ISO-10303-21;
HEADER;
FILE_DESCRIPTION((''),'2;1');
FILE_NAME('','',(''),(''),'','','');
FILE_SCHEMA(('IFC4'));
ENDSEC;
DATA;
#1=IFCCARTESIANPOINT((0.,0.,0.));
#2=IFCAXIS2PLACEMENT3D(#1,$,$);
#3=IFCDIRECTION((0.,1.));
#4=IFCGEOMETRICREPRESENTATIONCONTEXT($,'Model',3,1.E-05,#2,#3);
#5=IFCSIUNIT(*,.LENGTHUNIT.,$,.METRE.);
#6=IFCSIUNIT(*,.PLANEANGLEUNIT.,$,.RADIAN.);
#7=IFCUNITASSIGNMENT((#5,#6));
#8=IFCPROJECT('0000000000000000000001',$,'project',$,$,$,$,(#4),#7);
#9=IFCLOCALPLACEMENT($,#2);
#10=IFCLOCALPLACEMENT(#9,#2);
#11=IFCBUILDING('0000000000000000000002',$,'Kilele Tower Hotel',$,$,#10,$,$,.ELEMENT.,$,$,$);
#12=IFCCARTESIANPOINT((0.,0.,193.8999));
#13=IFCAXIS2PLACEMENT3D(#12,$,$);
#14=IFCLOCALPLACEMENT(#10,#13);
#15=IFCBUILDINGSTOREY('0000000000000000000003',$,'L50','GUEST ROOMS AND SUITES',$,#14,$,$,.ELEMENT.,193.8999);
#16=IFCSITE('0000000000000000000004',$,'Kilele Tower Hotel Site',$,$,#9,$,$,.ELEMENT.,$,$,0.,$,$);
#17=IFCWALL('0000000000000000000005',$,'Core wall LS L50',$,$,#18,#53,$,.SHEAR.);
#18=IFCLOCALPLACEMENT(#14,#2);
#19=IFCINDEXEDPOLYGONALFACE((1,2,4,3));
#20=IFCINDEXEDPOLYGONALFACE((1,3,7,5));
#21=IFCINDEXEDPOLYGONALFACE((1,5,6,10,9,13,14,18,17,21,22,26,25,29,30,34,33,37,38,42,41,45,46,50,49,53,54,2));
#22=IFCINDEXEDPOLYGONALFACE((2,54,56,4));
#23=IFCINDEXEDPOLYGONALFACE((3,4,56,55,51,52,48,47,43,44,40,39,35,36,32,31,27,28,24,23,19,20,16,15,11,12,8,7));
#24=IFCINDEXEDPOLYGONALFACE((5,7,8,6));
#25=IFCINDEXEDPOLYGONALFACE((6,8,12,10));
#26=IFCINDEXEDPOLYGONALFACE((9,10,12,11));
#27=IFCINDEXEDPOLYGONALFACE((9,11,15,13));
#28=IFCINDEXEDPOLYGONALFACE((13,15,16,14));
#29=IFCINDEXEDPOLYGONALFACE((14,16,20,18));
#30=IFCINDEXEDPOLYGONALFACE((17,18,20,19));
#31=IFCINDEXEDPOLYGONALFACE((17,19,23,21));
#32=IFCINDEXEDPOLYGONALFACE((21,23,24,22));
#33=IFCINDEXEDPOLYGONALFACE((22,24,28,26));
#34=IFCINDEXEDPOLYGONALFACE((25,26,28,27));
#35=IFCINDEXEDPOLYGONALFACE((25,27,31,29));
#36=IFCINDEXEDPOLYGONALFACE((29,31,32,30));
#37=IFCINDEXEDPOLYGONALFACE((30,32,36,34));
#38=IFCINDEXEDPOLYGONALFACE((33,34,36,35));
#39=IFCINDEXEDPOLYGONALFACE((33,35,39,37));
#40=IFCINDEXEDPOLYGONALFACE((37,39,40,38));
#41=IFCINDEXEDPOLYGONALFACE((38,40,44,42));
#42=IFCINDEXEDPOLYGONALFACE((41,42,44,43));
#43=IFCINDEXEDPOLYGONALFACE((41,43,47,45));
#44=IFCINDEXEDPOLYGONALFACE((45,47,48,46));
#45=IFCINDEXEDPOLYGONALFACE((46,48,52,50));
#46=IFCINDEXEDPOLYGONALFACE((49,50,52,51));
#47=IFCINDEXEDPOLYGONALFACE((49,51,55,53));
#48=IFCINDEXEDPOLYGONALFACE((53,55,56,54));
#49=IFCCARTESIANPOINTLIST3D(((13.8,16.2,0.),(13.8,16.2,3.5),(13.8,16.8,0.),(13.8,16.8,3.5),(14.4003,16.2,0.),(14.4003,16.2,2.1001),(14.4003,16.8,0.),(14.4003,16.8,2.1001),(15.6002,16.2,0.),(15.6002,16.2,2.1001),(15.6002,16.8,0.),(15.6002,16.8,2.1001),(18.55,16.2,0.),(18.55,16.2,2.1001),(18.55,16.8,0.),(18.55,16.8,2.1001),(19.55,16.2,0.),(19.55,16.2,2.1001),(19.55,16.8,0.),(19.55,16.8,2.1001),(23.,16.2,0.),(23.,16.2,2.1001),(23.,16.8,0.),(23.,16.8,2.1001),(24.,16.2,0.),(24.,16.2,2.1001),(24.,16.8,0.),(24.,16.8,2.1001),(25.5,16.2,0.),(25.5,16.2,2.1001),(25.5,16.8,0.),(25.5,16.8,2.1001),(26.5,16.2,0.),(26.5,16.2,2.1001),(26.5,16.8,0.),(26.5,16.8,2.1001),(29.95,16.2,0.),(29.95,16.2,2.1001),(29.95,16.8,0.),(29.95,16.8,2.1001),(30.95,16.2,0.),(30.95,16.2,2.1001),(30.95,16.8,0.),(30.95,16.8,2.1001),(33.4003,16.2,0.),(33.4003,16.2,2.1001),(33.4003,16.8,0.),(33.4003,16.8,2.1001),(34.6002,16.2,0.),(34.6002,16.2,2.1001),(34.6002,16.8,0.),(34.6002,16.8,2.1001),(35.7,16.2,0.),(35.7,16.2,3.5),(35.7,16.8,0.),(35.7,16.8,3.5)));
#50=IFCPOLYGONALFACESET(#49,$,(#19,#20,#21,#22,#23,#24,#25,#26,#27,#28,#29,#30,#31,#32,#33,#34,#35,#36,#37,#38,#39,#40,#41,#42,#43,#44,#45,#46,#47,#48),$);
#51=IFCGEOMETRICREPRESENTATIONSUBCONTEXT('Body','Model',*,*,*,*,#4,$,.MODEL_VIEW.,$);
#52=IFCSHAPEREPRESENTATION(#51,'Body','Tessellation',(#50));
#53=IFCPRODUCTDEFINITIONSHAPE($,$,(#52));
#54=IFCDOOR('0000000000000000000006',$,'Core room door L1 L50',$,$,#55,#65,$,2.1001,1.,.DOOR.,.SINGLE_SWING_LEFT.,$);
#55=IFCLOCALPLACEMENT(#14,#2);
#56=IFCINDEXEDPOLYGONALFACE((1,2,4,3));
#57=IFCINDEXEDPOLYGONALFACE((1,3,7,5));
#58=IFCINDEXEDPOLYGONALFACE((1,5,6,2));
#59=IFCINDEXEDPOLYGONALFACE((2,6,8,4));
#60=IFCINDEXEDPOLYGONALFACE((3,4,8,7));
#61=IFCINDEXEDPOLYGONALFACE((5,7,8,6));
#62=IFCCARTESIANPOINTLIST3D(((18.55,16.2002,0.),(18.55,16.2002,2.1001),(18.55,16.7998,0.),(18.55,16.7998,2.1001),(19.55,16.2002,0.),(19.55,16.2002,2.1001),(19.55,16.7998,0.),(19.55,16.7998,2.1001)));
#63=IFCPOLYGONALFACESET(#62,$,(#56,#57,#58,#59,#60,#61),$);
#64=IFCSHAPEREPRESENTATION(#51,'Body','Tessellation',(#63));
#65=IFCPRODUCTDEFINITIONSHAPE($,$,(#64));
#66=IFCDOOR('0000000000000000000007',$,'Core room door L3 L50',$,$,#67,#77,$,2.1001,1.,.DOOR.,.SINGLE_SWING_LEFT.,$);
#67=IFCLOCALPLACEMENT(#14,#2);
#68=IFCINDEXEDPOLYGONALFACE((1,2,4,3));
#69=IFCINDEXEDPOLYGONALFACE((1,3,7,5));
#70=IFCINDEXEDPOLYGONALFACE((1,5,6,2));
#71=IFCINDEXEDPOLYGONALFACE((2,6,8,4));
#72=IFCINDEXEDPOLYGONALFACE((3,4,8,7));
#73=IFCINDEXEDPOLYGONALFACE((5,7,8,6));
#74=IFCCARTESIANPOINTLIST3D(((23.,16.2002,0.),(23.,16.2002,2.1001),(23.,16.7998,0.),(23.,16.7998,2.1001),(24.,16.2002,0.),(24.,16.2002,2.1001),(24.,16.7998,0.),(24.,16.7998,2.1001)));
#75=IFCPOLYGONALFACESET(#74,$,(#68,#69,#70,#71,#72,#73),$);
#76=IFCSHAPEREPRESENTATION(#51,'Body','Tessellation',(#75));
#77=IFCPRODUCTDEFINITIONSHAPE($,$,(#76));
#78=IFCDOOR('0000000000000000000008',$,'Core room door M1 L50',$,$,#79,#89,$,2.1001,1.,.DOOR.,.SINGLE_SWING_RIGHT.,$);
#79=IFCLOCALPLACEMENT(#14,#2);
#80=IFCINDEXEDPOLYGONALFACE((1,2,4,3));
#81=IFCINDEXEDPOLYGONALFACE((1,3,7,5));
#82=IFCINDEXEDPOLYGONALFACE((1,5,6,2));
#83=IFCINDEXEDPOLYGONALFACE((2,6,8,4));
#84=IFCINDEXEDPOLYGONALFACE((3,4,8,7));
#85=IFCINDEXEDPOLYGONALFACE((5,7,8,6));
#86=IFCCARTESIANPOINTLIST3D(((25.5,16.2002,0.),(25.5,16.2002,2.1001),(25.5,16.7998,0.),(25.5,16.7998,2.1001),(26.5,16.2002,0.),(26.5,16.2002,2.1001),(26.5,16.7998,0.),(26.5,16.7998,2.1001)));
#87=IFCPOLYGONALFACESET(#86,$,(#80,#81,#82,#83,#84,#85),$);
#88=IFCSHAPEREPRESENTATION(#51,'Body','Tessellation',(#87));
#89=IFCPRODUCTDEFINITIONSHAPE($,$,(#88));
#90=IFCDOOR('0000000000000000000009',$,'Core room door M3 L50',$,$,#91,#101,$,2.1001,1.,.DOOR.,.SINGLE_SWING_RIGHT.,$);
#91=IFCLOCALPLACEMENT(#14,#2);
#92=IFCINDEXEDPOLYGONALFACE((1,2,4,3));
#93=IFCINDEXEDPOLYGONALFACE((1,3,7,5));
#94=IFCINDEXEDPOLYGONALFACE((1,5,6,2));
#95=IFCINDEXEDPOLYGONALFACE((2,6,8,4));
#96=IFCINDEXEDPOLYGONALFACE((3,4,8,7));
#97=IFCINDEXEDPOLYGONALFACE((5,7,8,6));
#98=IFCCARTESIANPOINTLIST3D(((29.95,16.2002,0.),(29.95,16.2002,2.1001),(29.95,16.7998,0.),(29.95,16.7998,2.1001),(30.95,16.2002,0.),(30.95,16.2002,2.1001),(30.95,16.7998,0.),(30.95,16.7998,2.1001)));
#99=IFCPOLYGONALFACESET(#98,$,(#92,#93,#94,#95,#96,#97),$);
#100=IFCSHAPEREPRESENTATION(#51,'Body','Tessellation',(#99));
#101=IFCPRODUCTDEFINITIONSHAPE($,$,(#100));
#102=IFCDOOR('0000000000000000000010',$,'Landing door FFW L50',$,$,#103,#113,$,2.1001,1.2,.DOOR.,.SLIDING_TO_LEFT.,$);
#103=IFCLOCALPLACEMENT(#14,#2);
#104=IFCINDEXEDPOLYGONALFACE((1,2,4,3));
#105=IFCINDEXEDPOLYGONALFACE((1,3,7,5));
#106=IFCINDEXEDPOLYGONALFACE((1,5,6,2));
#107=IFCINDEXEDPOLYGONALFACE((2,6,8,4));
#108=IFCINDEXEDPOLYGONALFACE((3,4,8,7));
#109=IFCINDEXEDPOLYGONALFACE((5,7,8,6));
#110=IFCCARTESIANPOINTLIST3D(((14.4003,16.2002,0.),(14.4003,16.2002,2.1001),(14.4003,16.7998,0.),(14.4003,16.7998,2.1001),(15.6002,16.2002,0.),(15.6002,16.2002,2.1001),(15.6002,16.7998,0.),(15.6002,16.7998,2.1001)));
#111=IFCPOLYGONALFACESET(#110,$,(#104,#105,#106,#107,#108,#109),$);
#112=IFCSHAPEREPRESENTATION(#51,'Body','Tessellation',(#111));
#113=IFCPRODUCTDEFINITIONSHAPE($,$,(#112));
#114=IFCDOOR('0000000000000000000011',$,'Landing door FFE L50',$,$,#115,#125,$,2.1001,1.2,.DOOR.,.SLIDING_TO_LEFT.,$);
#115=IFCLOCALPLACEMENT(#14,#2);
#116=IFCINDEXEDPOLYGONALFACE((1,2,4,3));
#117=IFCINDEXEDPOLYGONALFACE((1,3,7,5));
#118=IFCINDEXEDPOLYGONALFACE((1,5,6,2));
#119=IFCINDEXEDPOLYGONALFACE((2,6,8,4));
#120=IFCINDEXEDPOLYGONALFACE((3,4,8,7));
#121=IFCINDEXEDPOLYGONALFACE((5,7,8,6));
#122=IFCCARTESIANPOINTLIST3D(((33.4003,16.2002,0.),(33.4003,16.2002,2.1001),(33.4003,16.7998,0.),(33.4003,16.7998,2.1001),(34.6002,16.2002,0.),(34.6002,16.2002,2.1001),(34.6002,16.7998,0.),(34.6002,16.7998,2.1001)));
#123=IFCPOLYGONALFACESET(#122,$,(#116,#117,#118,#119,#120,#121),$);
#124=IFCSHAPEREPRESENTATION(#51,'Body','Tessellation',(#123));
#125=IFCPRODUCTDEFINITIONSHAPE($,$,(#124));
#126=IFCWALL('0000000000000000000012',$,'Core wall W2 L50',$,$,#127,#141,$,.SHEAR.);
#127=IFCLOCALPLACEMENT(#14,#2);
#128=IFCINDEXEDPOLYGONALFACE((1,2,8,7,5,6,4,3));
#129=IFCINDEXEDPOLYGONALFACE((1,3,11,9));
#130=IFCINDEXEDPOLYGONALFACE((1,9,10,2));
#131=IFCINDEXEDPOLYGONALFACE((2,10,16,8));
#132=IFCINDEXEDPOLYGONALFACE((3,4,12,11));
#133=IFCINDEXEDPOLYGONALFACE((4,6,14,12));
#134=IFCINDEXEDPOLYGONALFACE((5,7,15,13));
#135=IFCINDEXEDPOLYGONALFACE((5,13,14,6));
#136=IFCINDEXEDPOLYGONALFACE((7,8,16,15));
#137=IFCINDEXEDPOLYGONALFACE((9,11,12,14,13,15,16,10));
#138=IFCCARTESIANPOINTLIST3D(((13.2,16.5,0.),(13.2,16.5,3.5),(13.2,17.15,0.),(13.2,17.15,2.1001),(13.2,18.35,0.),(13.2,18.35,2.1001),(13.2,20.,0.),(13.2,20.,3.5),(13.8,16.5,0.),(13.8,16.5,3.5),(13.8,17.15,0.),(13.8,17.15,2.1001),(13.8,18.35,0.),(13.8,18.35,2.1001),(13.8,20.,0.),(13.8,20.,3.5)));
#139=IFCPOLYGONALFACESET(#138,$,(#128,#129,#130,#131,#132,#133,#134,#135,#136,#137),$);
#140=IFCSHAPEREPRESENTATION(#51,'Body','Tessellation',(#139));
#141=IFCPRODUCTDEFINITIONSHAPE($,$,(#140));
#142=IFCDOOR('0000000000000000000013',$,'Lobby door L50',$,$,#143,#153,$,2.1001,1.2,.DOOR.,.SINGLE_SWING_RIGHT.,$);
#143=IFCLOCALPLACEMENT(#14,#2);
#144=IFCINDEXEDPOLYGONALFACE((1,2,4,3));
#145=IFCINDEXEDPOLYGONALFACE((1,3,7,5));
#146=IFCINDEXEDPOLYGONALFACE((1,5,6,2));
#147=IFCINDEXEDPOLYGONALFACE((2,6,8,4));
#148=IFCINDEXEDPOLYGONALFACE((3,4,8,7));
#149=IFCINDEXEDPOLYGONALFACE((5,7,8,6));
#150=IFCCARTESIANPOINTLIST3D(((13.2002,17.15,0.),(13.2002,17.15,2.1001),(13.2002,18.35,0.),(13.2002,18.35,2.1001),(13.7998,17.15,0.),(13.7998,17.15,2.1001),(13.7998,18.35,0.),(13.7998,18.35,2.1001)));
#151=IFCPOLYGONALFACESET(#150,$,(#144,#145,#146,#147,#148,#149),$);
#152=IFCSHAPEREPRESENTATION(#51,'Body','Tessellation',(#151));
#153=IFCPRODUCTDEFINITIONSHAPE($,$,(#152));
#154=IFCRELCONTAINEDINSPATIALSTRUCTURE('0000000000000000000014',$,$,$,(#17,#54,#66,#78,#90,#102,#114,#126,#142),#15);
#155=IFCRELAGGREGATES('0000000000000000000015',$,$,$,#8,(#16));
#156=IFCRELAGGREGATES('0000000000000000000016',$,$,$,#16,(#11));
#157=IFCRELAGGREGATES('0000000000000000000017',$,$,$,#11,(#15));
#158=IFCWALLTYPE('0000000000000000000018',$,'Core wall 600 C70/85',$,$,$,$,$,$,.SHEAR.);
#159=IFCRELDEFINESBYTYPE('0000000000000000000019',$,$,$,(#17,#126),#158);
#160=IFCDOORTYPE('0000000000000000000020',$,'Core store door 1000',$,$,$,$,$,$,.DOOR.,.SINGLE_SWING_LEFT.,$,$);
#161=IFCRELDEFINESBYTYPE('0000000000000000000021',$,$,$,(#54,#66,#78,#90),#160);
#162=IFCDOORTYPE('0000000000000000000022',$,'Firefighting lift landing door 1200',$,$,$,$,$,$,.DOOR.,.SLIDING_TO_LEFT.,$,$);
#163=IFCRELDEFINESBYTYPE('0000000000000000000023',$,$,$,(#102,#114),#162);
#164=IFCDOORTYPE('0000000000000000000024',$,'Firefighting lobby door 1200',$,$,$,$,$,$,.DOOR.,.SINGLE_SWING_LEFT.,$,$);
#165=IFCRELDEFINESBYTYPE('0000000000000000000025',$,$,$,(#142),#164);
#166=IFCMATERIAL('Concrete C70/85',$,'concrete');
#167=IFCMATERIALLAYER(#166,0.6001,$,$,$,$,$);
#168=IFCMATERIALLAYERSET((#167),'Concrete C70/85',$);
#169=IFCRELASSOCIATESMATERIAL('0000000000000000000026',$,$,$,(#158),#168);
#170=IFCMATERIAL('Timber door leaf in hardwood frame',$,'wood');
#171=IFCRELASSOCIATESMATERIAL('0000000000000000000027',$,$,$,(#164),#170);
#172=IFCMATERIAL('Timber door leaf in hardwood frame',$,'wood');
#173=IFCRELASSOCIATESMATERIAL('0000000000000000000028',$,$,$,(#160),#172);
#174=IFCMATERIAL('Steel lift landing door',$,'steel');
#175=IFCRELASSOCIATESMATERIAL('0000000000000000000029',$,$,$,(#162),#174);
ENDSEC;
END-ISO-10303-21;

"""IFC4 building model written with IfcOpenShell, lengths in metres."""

from ifc_helpers import new_model, si_unit, direction, frame, frame_2d, origin, place, context, subcontext, project, spatial, rectangle, extrude, material, layer, layer_set, type_object, element, fill, save


model = new_model("IFC4")

# Units and contexts
model_context = context("Model", 3, precision=1e-05, world=origin(), true_north=direction((0.0, 1.0)))
body_context = subcontext(model_context, "Body", "Model", "MODEL_VIEW")
ifc_project = project(units=[si_unit("LENGTHUNIT", "METRE"), si_unit("PLANEANGLEUNIT", "RADIAN")], contexts=[model_context])

# Site, building, storey
site_placement = place(None, origin())
site = spatial("IfcSite", under=ifc_project, at=site_placement, Name="Kilele Tower Hotel Site", CompositionType="ELEMENT", RefElevation=0.0)
building_placement = place(site_placement, origin())
building = spatial("IfcBuilding", under=site, at=building_placement, Name="Kilele Tower Hotel", CompositionType="ELEMENT")
storey_placement = place(building_placement, frame((0.0, 0.0, 193.8999)))
storey = spatial("IfcBuildingStorey", under=building, at=storey_placement, Name="L50", Description="GUEST ROOMS AND SUITES", CompositionType="ELEMENT", Elevation=193.8999)

# Shared definitions
ifc_material_1 = material(Name="Concrete C70/85", Category="concrete")
ifc_layer_1 = layer(ifc_material_1, 0.6001)
ifc_layer_set_1 = layer_set([ifc_layer_1], Name="Concrete C70/85")
wall_type_1 = type_object("IfcWallType", Name="Core wall 600 C70/85", PredefinedType="SHEAR", material=ifc_layer_set_1)
ifc_material_2 = material(Name="Timber door leaf in hardwood frame", Category="wood")
door_type_1 = type_object("IfcDoorType", Name="Firefighting lobby door 1200", OperationType="SINGLE_SWING_LEFT", PredefinedType="DOOR", material=ifc_material_2)

# Wall, openings, doors
wall_1_placement = place(storey_placement, frame((13.8, 16.5, 0.0), z_axis=(0.0, 0.0, 1.0), x_axis=(1.0, 0.0, 0.0)))
wall_1 = element("IfcWall", 1, at=wall_1_placement, inside=storey, type_object=wall_type_1, Name="Core wall LS L50", PredefinedType="SHEAR", context=body_context, shape_type="SweptSolid", body=[
    extrude(rectangle(XDim=21.8999, YDim=0.6001, at=frame_2d((10.95, 0.0))), origin(), (0.0, 0.0, 1.0), 3.5),
])
opening_1_placement = place(wall_1_placement, frame((5.75, 0.0, 0.0), z_axis=(0.0, 0.0, 1.0), x_axis=(-1.0, 0.0, 0.0)))
opening_1 = element("IfcOpeningElement", 2, at=opening_1_placement, cuts=wall_1, PredefinedType="OPENING", context=body_context, shape_type="SweptSolid", body=[
    extrude(rectangle(XDim=1.0, YDim=2.1001, at=frame_2d((0.5, 1.05))), frame((0.0, 0.3101, 0.0), z_axis=(0.0, -1.0, 0.0), x_axis=(1.0, 0.0, 0.0)), (0.0, 0.0, 1.0), 0.6201),
])
opening_2_placement = place(wall_1_placement, frame((10.2, 0.0, 0.0), z_axis=(0.0, 0.0, 1.0), x_axis=(-1.0, 0.0, 0.0)))
opening_2 = element("IfcOpeningElement", 3, at=opening_2_placement, cuts=wall_1, PredefinedType="OPENING", context=body_context, shape_type="SweptSolid", body=[
    extrude(rectangle(XDim=1.0, YDim=2.1001, at=frame_2d((0.5, 1.05))), frame((0.0, 0.3101, 0.0), z_axis=(0.0, -1.0, 0.0), x_axis=(1.0, 0.0, 0.0)), (0.0, 0.0, 1.0), 0.6201),
])
opening_3_placement = place(wall_1_placement, frame((12.7, 0.0, 0.0), z_axis=(0.0, 0.0, 1.0), x_axis=(-1.0, 0.0, 0.0)))
opening_3 = element("IfcOpeningElement", 4, at=opening_3_placement, cuts=wall_1, PredefinedType="OPENING", context=body_context, shape_type="SweptSolid", body=[
    extrude(rectangle(XDim=1.0, YDim=2.1001, at=frame_2d((0.5, 1.05))), frame((0.0, 0.3101, 0.0), z_axis=(0.0, -1.0, 0.0), x_axis=(1.0, 0.0, 0.0)), (0.0, 0.0, 1.0), 0.6201),
])
opening_4_placement = place(wall_1_placement, frame((17.1499, 0.0, 0.0), z_axis=(0.0, 0.0, 1.0), x_axis=(-1.0, 0.0, 0.0)))
opening_4 = element("IfcOpeningElement", 5, at=opening_4_placement, cuts=wall_1, PredefinedType="OPENING", context=body_context, shape_type="SweptSolid", body=[
    extrude(rectangle(XDim=1.0, YDim=2.1001, at=frame_2d((0.5, 1.05))), frame((0.0, 0.3101, 0.0), z_axis=(0.0, -1.0, 0.0), x_axis=(1.0, 0.0, 0.0)), (0.0, 0.0, 1.0), 0.6201),
])
opening_5_placement = place(wall_1_placement, frame((0.6001, 0.0, 0.0)))
opening_5 = element("IfcOpeningElement", 6, at=opening_5_placement, cuts=wall_1, PredefinedType="OPENING", context=body_context, shape_type="SweptSolid", body=[
    extrude(rectangle(XDim=1.2, YDim=2.1001, at=frame_2d((0.6001, 1.05))), frame((0.0, 0.3101, 0.0), z_axis=(0.0, -1.0, 0.0), x_axis=(1.0, 0.0, 0.0)), (0.0, 0.0, 1.0), 0.6201),
])
opening_6_placement = place(wall_1_placement, frame((19.6001, 0.0, 0.0)))
opening_6 = element("IfcOpeningElement", 7, at=opening_6_placement, cuts=wall_1, PredefinedType="OPENING", context=body_context, shape_type="SweptSolid", body=[
    extrude(rectangle(XDim=1.2, YDim=2.1001, at=frame_2d((0.6001, 1.05))), frame((0.0, 0.3101, 0.0), z_axis=(0.0, -1.0, 0.0), x_axis=(1.0, 0.0, 0.0)), (0.0, 0.0, 1.0), 0.6201),
])
ifc_material_3 = material(Name="Timber door leaf in hardwood frame", Category="wood")
door_type_2 = type_object("IfcDoorType", Name="Core store door 1000", OperationType="SINGLE_SWING_LEFT", PredefinedType="DOOR", material=ifc_material_3)
door_1_placement = place(opening_1_placement, origin())
door_1 = element("IfcDoor", 8, at=door_1_placement, inside=storey, type_object=door_type_2, Name="Core room door L1 L50", OperationType="SINGLE_SWING_LEFT", OverallHeight=2.1001, OverallWidth=1.0, PredefinedType="DOOR", context=body_context, shape_type="SweptSolid", body=[
    extrude(rectangle(XDim=1.0, YDim=2.1001, at=frame_2d((0.5, 1.05))), frame((0.0, 0.2998, 0.0), z_axis=(0.0, -1.0, 0.0), x_axis=(1.0, 0.0, 0.0)), (0.0, 0.0, 1.0), 0.5996),
])
fill(opening_1, door_1)
door_2_placement = place(opening_2_placement, origin())
door_2 = element("IfcDoor", 9, at=door_2_placement, inside=storey, type_object=door_type_2, Name="Core room door L3 L50", OperationType="SINGLE_SWING_LEFT", OverallHeight=2.1001, OverallWidth=1.0, PredefinedType="DOOR", context=body_context, shape_type="SweptSolid", body=[
    extrude(rectangle(XDim=1.0, YDim=2.1001, at=frame_2d((0.5, 1.05))), frame((0.0, 0.2998, 0.0), z_axis=(0.0, -1.0, 0.0), x_axis=(1.0, 0.0, 0.0)), (0.0, 0.0, 1.0), 0.5996),
])
fill(opening_2, door_2)
door_3_placement = place(opening_3_placement, origin())
door_3 = element("IfcDoor", 10, at=door_3_placement, inside=storey, type_object=door_type_2, Name="Core room door M1 L50", OperationType="SINGLE_SWING_RIGHT", OverallHeight=2.1001, OverallWidth=1.0, PredefinedType="DOOR", context=body_context, shape_type="SweptSolid", body=[
    extrude(rectangle(XDim=1.0, YDim=2.1001, at=frame_2d((0.5, 1.05))), frame((0.0, 0.2998, 0.0), z_axis=(0.0, -1.0, 0.0), x_axis=(1.0, 0.0, 0.0)), (0.0, 0.0, 1.0), 0.5996),
])
fill(opening_3, door_3)
door_4_placement = place(opening_4_placement, origin())
door_4 = element("IfcDoor", 11, at=door_4_placement, inside=storey, type_object=door_type_2, Name="Core room door M3 L50", OperationType="SINGLE_SWING_RIGHT", OverallHeight=2.1001, OverallWidth=1.0, PredefinedType="DOOR", context=body_context, shape_type="SweptSolid", body=[
    extrude(rectangle(XDim=1.0, YDim=2.1001, at=frame_2d((0.5, 1.05))), frame((0.0, 0.2998, 0.0), z_axis=(0.0, -1.0, 0.0), x_axis=(1.0, 0.0, 0.0)), (0.0, 0.0, 1.0), 0.5996),
])
fill(opening_4, door_4)
ifc_material_4 = material(Name="Steel lift landing door", Category="steel")
door_type_3 = type_object("IfcDoorType", Name="Firefighting lift landing door 1200", OperationType="SLIDING_TO_LEFT", PredefinedType="DOOR", material=ifc_material_4)
door_5_placement = place(opening_5_placement, origin())
door_5 = element("IfcDoor", 12, at=door_5_placement, inside=storey, type_object=door_type_3, Name="Landing door FFW L50", OperationType="SLIDING_TO_LEFT", OverallHeight=2.1001, OverallWidth=1.2, PredefinedType="DOOR", context=body_context, shape_type="SweptSolid", body=[
    extrude(rectangle(XDim=1.2, YDim=2.1001, at=frame_2d((0.6001, 1.05))), frame((0.0, 0.2998, 0.0), z_axis=(0.0, -1.0, 0.0), x_axis=(1.0, 0.0, 0.0)), (0.0, 0.0, 1.0), 0.5996),
])
fill(opening_5, door_5)
door_6_placement = place(opening_6_placement, origin())
door_6 = element("IfcDoor", 13, at=door_6_placement, inside=storey, type_object=door_type_3, Name="Landing door FFE L50", OperationType="SLIDING_TO_LEFT", OverallHeight=2.1001, OverallWidth=1.2, PredefinedType="DOOR", context=body_context, shape_type="SweptSolid", body=[
    extrude(rectangle(XDim=1.2, YDim=2.1001, at=frame_2d((0.6001, 1.05))), frame((0.0, 0.2998, 0.0), z_axis=(0.0, -1.0, 0.0), x_axis=(1.0, 0.0, 0.0)), (0.0, 0.0, 1.0), 0.5996),
])
fill(opening_6, door_6)

# Wall, opening, door
wall_2_placement = place(storey_placement, frame((13.5, 20.0, 0.0), z_axis=(0.0, 0.0, 1.0), x_axis=(0.0, -1.0, 0.0)))
wall_2 = element("IfcWall", 14, at=wall_2_placement, inside=storey, type_object=wall_type_1, Name="Core wall W2 L50", PredefinedType="SHEAR", context=body_context, shape_type="SweptSolid", body=[
    extrude(rectangle(XDim=3.5, YDim=0.6001, at=frame_2d((1.75, 0.0))), origin(), (0.0, 0.0, 1.0), 3.5),
])
opening_7_placement = place(wall_2_placement, frame((1.6499, 0.0, 0.0)))
opening_7 = element("IfcOpeningElement", 15, at=opening_7_placement, cuts=wall_2, PredefinedType="OPENING", context=body_context, shape_type="SweptSolid", body=[
    extrude(rectangle(XDim=1.2, YDim=2.1001, at=frame_2d((0.6001, 1.05))), frame((0.0, 0.3101, 0.0), z_axis=(0.0, -1.0, 0.0), x_axis=(1.0, 0.0, 0.0)), (0.0, 0.0, 1.0), 0.6201),
])
door_7_placement = place(opening_7_placement, origin())
door_7 = element("IfcDoor", 16, at=door_7_placement, inside=storey, type_object=door_type_1, Name="Lobby door L50", OperationType="SINGLE_SWING_RIGHT", OverallHeight=2.1001, OverallWidth=1.2, PredefinedType="DOOR", context=body_context, shape_type="SweptSolid", body=[
    extrude(rectangle(XDim=1.2, YDim=2.1001, at=frame_2d((0.6001, 1.05))), frame((0.0, 0.2998, 0.0), z_axis=(0.0, -1.0, 0.0), x_axis=(1.0, 0.0, 0.0)), (0.0, 0.0, 1.0), 0.5996),
])
fill(opening_7, door_7)

save(model, "model.ifc")
